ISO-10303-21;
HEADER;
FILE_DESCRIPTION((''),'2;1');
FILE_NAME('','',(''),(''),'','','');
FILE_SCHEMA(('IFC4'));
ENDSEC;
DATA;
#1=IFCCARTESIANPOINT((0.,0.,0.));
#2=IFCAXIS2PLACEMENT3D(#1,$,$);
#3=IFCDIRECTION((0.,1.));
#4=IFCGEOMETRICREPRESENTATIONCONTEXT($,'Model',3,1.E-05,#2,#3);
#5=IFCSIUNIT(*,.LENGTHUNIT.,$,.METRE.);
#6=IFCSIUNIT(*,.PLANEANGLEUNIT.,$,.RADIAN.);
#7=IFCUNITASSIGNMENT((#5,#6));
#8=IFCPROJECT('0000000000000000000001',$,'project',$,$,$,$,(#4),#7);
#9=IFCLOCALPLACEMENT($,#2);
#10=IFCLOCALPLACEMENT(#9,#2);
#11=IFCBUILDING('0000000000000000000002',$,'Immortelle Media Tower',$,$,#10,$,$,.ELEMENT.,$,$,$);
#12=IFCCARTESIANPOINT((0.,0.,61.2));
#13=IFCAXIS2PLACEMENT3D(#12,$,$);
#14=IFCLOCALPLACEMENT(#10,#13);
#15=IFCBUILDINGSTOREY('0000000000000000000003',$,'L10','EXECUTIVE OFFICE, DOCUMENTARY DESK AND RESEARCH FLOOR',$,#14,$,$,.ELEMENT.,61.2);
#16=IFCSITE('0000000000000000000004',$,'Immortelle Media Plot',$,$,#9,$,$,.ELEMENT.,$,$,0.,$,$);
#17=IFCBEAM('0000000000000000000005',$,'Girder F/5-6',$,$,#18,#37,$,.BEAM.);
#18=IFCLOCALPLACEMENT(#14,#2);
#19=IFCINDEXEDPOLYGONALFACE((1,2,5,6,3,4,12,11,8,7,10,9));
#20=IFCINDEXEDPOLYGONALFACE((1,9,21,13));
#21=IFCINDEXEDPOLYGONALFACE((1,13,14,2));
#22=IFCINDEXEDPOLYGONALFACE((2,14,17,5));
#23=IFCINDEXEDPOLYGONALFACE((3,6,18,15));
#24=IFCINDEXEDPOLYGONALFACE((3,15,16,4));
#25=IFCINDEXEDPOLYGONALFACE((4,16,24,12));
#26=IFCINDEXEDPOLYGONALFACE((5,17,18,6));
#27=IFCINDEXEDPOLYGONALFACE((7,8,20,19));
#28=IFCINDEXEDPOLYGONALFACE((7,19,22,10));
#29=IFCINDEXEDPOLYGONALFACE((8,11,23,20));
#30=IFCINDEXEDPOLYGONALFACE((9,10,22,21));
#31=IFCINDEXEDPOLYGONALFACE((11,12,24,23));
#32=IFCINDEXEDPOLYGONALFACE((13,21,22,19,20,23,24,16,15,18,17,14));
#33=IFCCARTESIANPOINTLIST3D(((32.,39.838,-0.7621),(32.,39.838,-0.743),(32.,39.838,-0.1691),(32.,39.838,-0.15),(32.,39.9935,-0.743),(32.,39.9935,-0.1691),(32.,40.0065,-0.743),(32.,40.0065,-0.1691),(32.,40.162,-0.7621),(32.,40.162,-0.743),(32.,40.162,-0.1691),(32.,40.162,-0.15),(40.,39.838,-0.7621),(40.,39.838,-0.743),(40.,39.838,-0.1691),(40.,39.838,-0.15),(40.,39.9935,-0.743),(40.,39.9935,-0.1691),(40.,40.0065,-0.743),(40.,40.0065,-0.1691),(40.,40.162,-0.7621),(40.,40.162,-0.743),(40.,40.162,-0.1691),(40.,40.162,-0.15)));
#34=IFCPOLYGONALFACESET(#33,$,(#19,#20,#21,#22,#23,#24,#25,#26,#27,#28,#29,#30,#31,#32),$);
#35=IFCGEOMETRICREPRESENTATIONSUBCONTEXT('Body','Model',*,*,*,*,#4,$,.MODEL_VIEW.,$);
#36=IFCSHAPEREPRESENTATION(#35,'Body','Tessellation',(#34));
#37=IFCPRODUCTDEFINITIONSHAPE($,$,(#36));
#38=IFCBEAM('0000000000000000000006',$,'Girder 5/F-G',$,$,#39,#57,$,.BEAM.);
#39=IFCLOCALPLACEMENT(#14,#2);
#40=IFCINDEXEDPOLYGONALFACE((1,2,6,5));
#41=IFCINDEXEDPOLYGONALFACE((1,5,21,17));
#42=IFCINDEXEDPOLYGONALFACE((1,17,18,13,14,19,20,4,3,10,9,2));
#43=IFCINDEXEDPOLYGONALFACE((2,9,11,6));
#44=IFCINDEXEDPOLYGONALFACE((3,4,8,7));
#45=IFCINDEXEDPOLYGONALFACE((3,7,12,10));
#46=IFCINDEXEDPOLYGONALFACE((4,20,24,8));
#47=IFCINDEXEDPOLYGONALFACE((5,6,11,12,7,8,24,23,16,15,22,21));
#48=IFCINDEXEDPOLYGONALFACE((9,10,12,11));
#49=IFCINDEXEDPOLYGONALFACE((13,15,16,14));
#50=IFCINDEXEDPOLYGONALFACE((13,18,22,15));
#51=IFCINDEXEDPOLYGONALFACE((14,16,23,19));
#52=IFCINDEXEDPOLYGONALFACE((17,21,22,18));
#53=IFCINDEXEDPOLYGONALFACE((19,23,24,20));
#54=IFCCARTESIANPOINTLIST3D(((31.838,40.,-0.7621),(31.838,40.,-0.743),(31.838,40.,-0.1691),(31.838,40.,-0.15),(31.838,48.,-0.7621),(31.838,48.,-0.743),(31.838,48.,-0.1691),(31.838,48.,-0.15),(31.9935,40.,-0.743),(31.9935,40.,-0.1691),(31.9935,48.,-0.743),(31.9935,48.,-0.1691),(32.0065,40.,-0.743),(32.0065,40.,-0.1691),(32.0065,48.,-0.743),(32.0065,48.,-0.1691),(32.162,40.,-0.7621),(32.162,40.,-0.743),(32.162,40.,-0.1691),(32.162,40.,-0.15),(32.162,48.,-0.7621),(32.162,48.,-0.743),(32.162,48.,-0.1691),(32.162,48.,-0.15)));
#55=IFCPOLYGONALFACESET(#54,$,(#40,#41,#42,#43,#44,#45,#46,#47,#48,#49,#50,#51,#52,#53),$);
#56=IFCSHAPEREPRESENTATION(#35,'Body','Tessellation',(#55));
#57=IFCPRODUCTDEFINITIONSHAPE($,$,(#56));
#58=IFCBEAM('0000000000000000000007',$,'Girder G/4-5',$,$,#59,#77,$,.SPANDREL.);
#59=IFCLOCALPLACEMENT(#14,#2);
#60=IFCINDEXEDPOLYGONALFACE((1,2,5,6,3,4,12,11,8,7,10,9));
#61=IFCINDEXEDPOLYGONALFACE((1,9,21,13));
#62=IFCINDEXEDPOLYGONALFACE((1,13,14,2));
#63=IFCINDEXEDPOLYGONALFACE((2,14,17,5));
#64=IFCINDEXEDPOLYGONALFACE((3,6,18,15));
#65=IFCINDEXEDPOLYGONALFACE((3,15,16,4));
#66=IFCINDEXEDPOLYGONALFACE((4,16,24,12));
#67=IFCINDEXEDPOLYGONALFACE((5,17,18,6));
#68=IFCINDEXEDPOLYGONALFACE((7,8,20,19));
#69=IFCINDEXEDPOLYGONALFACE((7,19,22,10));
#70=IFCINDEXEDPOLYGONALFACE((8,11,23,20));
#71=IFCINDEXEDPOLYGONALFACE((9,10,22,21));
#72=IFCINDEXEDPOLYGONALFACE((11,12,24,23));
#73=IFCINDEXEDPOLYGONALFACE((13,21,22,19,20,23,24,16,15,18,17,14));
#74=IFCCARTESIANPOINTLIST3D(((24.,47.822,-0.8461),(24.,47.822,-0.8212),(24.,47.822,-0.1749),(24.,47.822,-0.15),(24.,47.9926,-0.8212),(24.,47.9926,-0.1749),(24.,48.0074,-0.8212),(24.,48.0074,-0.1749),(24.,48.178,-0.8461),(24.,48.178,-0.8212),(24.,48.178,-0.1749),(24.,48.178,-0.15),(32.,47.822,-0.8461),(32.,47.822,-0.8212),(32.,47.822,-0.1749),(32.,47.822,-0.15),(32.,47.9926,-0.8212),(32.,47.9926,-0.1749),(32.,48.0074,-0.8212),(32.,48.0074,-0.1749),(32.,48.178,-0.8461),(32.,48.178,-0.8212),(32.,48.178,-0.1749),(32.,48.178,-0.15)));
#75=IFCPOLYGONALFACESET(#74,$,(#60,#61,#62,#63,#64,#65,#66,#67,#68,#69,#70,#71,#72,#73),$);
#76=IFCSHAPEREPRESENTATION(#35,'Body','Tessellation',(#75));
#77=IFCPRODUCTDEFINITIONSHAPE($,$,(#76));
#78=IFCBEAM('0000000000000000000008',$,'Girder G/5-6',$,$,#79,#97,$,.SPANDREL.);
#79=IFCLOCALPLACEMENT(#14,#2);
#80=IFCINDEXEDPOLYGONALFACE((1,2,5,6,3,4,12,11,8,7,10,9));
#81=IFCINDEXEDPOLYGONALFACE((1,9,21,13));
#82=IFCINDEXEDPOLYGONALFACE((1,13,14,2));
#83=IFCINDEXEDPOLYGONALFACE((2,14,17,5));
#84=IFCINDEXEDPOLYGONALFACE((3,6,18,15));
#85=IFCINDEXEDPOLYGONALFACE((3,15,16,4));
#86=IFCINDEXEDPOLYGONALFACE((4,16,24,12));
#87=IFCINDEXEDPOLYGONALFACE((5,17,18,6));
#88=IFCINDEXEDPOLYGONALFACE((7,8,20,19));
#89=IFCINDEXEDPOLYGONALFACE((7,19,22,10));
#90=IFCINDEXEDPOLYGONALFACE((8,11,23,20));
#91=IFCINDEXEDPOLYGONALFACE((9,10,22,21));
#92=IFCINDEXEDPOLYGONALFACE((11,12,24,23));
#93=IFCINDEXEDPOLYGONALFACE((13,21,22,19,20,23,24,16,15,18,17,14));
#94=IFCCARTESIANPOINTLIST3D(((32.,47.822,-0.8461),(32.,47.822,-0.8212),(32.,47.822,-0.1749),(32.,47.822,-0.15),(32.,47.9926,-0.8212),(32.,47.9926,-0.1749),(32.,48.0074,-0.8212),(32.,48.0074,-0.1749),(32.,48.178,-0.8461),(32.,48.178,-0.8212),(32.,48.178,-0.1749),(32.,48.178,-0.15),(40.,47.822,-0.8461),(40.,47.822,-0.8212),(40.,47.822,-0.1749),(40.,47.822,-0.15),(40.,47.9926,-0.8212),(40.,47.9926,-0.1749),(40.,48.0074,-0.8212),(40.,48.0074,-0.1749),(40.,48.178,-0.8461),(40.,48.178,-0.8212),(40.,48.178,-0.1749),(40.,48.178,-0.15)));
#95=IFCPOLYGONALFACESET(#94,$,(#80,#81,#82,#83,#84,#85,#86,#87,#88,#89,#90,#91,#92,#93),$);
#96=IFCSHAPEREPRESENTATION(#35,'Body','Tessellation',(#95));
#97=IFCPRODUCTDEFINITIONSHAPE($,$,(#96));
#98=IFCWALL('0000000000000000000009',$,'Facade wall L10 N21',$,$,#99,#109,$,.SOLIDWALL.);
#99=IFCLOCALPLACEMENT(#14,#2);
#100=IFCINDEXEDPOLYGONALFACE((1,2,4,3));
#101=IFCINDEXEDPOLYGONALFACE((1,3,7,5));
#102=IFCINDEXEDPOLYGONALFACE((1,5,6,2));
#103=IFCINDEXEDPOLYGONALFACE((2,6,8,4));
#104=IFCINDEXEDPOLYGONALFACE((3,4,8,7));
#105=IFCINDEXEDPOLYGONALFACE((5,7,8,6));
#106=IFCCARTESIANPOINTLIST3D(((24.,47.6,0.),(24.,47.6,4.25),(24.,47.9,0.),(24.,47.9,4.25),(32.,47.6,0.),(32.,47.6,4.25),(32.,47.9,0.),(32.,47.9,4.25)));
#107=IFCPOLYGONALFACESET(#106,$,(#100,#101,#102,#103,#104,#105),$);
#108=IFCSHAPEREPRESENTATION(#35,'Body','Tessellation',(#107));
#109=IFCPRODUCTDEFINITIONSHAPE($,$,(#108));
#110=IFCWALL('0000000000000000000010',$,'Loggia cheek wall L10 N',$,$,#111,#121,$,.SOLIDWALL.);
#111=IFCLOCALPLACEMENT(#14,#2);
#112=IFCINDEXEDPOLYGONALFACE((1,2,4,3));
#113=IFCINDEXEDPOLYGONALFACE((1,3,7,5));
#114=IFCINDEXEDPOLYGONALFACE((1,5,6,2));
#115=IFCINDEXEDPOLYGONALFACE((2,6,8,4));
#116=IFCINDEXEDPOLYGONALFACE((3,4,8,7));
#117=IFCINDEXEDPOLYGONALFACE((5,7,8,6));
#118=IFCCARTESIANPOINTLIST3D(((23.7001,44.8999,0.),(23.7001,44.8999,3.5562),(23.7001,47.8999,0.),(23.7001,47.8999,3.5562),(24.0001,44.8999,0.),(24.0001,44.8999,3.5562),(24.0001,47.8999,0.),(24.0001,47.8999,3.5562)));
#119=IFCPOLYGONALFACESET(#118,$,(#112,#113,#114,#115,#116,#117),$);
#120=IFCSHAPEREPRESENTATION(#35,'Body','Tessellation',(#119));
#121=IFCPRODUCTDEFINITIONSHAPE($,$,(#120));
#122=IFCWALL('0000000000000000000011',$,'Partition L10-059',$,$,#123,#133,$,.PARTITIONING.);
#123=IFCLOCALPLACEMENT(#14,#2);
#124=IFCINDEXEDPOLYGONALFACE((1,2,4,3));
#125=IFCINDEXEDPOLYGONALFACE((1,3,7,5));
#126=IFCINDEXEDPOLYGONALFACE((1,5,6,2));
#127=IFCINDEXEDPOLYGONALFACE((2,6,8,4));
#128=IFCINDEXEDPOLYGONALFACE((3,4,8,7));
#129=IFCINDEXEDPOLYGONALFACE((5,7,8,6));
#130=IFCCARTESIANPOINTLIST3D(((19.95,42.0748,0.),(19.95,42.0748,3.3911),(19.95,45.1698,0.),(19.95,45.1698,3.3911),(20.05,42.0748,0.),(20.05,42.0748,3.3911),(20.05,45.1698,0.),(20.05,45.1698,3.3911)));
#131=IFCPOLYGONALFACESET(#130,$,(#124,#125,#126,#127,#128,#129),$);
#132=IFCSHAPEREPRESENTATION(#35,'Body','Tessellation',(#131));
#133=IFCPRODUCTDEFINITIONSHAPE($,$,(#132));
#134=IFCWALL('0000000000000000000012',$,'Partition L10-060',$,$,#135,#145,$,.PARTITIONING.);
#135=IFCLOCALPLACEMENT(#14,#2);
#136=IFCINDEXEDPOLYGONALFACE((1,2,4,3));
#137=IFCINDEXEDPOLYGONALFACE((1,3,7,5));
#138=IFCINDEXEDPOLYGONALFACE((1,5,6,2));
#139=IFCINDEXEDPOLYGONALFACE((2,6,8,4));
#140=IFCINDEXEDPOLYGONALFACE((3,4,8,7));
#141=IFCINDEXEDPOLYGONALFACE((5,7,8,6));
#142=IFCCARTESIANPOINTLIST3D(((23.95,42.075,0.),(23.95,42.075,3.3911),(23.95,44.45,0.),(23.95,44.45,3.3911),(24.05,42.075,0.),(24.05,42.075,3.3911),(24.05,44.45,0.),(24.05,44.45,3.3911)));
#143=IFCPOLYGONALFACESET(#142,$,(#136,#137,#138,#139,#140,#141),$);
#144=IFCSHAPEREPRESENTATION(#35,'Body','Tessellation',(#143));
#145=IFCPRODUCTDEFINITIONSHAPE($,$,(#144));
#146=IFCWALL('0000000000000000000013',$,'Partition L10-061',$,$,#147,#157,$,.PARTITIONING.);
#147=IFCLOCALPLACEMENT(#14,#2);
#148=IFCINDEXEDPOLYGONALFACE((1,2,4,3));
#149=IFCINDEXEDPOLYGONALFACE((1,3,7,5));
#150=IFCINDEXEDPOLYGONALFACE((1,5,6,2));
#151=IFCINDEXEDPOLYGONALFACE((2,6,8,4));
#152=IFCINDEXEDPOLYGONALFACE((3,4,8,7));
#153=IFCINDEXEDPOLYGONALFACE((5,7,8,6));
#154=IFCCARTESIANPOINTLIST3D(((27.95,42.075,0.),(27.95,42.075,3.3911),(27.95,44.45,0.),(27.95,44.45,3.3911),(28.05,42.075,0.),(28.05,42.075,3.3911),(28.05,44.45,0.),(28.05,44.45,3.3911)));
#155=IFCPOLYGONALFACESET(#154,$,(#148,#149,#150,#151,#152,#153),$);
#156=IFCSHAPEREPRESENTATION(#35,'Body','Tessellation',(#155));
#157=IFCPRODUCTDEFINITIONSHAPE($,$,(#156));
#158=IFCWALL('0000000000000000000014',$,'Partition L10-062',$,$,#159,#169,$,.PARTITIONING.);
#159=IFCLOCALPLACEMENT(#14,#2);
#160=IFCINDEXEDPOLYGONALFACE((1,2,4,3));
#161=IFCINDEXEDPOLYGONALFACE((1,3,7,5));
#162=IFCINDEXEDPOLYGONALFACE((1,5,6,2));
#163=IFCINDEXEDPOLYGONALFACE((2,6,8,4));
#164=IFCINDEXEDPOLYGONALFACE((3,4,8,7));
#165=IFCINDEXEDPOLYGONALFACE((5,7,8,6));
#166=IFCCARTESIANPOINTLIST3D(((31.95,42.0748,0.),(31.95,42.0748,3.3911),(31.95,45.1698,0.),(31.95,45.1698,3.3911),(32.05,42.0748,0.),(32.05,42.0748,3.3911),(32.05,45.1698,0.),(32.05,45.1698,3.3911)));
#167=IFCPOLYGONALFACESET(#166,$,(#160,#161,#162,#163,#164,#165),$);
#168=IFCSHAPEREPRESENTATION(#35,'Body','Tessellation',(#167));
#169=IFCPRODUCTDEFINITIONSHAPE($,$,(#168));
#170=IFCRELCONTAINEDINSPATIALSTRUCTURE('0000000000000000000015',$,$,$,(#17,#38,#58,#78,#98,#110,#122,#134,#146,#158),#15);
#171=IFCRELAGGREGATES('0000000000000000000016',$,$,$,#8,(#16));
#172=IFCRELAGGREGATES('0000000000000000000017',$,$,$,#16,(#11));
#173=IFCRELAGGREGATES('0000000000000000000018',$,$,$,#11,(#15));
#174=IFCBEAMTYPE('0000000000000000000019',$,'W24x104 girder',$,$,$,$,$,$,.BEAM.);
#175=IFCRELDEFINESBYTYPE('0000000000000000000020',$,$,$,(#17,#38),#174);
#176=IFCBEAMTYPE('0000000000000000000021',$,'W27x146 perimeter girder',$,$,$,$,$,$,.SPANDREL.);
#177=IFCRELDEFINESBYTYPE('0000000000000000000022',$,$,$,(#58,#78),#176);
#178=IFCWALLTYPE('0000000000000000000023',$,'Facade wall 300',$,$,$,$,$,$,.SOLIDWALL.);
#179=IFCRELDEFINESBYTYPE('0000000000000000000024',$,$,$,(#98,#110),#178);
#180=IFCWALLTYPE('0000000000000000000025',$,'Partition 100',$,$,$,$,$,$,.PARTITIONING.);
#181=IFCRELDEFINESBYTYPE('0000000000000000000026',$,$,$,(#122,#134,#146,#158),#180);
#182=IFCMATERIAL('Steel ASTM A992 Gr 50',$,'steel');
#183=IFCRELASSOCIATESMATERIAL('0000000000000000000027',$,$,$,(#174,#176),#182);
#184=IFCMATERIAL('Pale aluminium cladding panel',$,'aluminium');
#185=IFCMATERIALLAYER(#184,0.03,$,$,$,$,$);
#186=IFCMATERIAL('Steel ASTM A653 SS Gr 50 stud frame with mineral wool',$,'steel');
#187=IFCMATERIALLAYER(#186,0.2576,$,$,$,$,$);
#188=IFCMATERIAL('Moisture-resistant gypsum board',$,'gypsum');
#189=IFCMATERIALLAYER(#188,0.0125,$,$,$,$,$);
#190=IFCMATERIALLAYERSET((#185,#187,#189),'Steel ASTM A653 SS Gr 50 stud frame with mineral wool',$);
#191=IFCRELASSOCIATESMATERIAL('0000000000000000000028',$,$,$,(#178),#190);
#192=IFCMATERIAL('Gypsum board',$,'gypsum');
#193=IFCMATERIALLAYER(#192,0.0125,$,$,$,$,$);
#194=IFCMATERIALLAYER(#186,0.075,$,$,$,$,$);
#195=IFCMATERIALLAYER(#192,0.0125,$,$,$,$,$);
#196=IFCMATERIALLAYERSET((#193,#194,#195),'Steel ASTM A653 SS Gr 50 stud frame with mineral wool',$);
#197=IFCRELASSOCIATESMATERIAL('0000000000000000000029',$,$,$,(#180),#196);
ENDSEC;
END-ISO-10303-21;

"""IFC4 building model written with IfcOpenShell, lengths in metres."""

from ifc_helpers import new_model, si_unit, direction, frame, frame_2d, origin, origin_2d, place, context, subcontext, project, spatial, rectangle, i_section, extrude, material, layer, layer_set, material_profile, profile_set, type_object, element, save


model = new_model("IFC4")

# Units and contexts
model_context = context("Model", 3, precision=1e-05, world=origin(), true_north=direction((0.0, 1.0)))
body_context = subcontext(model_context, "Body", "Model", "MODEL_VIEW")
ifc_project = project(units=[si_unit("LENGTHUNIT", "METRE"), si_unit("PLANEANGLEUNIT", "RADIAN")], contexts=[model_context])

# Site, building, storey
site_placement = place(None, origin())
site = spatial("IfcSite", under=ifc_project, at=site_placement, Name="Immortelle Media Plot", CompositionType="ELEMENT", RefElevation=0.0)
building_placement = place(site_placement, origin())
building = spatial("IfcBuilding", under=site, at=building_placement, Name="Immortelle Media Tower", CompositionType="ELEMENT")
storey_placement = place(building_placement, frame((0.0, 0.0, 61.2)))
storey = spatial("IfcBuildingStorey", under=building, at=storey_placement, Name="L10", Description="EXECUTIVE OFFICE, DOCUMENTARY DESK AND RESEARCH FLOOR", CompositionType="ELEMENT", Elevation=61.2)

# Shared definitions
ifc_material_1 = material(Name="Steel ASTM A992 Gr 50", Category="steel")

# Beams
ifc_material_profile_1 = material_profile(ifc_material_1, i_section(OverallWidth=0.324, OverallDepth=0.6121, WebThickness=0.0129, FlangeThickness=0.019, at=origin_2d()), Name="W24x104")
ifc_profile_set_1 = profile_set([ifc_material_profile_1], Name="Steel ASTM A992 Gr 50")
beam_type_1 = type_object("IfcBeamType", Name="W24x104 girder", PredefinedType="BEAM", material=ifc_profile_set_1)
for number, where, z_axis, x_axis, name in (
    (1, (32.0, 40.0, -0.4561), (1.0, 0.0, 0.0), (0.0, 1.0, 0.0), "Girder F/5-6"),
    (2, (32.0, 40.0, -0.4561), (0.0, 1.0, 0.0), (-1.0, 0.0, 0.0), "Girder 5/F-G"),
):
    element("IfcBeam", number, at=place(storey_placement, frame(where, z_axis=z_axis, x_axis=x_axis)), inside=storey, type_object=beam_type_1, Name=name, PredefinedType="BEAM", context=body_context, shape_type="SweptSolid", body=[
        extrude(i_section(OverallWidth=0.324, OverallDepth=0.6121, WebThickness=0.0129, FlangeThickness=0.019, at=origin_2d()), origin(), (0.0, 0.0, 1.0), 8.0),
    ])
ifc_material_profile_2 = material_profile(ifc_material_1, i_section(OverallWidth=0.356, OverallDepth=0.696, WebThickness=0.0149, FlangeThickness=0.0249, at=origin_2d()), Name="W27x146")
ifc_profile_set_2 = profile_set([ifc_material_profile_2], Name="Steel ASTM A992 Gr 50")
beam_type_2 = type_object("IfcBeamType", Name="W27x146 perimeter girder", PredefinedType="SPANDREL", material=ifc_profile_set_2)
for number, where, z_axis, x_axis, name in (
    (3, (24.0, 48.0, -0.498), (1.0, 0.0, 0.0), (0.0, 1.0, 0.0), "Girder G/4-5"),
    (4, (32.0, 48.0, -0.498), (1.0, 0.0, 0.0), (0.0, 1.0, 0.0), "Girder G/5-6"),
):
    element("IfcBeam", number, at=place(storey_placement, frame(where, z_axis=z_axis, x_axis=x_axis)), inside=storey, type_object=beam_type_2, Name=name, PredefinedType="SPANDREL", context=body_context, shape_type="SweptSolid", body=[
        extrude(i_section(OverallWidth=0.356, OverallDepth=0.696, WebThickness=0.0149, FlangeThickness=0.0249, at=origin_2d()), origin(), (0.0, 0.0, 1.0), 8.0),
    ])

# Wall
ifc_material_2 = material(Name="Pale aluminium cladding panel", Category="aluminium")
ifc_layer_1 = layer(ifc_material_2, 0.03)
ifc_material_3 = material(Name="Steel ASTM A653 SS Gr 50 stud frame with mineral wool", Category="steel")
ifc_layer_2 = layer(ifc_material_3, 0.2576)
ifc_material_4 = material(Name="Moisture-resistant gypsum board", Category="gypsum")
ifc_layer_3 = layer(ifc_material_4, 0.0125)
ifc_layer_set_1 = layer_set([ifc_layer_1, ifc_layer_2, ifc_layer_3], Name="Steel ASTM A653 SS Gr 50 stud frame with mineral wool")
wall_type_1 = type_object("IfcWallType", Name="Facade wall 300", PredefinedType="SOLIDWALL", material=ifc_layer_set_1)
wall_1_placement = place(storey_placement, frame((32.0, 47.75, 0.0), z_axis=(0.0, 0.0, 1.0), x_axis=(-1.0, 0.0, 0.0)))
element("IfcWall", 5, at=wall_1_placement, inside=storey, type_object=wall_type_1, Name="Facade wall L10 N21", PredefinedType="SOLIDWALL", context=body_context, shape_type="SweptSolid", body=[
    extrude(rectangle(XDim=8.0, YDim=0.3, at=frame_2d((4.0, 0.0))), origin(), (0.0, 0.0, 1.0), 4.25),
])

# Walls
wall_2_placement = place(storey_placement, frame((23.8501, 47.8999, 0.0), z_axis=(0.0, 0.0, 1.0), x_axis=(0.0, -1.0, 0.0)))
element("IfcWall", 6, at=wall_2_placement, inside=storey, type_object=wall_type_1, Name="Loggia cheek wall L10 N", PredefinedType="SOLIDWALL", context=body_context, shape_type="SweptSolid", body=[
    extrude(rectangle(XDim=3.0, YDim=0.3, at=frame_2d((1.5, 0.0))), origin(), (0.0, 0.0, 1.0), 3.5562),
])
ifc_material_5 = material(Name="Gypsum board", Category="gypsum")
ifc_layer_4 = layer(ifc_material_5, 0.0125)
ifc_layer_5 = layer(ifc_material_3, 0.075)
ifc_layer_6 = layer(ifc_material_5, 0.0125)
ifc_layer_set_2 = layer_set([ifc_layer_4, ifc_layer_5, ifc_layer_6], Name="Steel ASTM A653 SS Gr 50 stud frame with mineral wool")
wall_type_2 = type_object("IfcWallType", Name="Partition 100", PredefinedType="PARTITIONING", material=ifc_layer_set_2)
wall_3_placement = place(storey_placement, frame((20.0, 42.075, 0.0), z_axis=(0.0, 0.0, 1.0), x_axis=(0.0, 1.0, 0.0)))
element("IfcWall", 7, at=wall_3_placement, inside=storey, type_object=wall_type_2, Name="Partition L10-059", PredefinedType="PARTITIONING", context=body_context, shape_type="SweptSolid", body=[
    extrude(rectangle(XDim=3.095, YDim=0.1001, at=frame_2d((1.5474, 0.0))), origin(), (0.0, 0.0, 1.0), 3.3911),
])
for number, where, z_axis, x_axis, name in (
    (8, (24.0, 42.075, 0.0), (0.0, 0.0, 1.0), (0.0, 1.0, 0.0), "Partition L10-060"),
    (9, (28.0, 42.075, 0.0), (0.0, 0.0, 1.0), (0.0, 1.0, 0.0), "Partition L10-061"),
):
    element("IfcWall", number, at=place(storey_placement, frame(where, z_axis=z_axis, x_axis=x_axis)), inside=storey, type_object=wall_type_2, Name=name, PredefinedType="PARTITIONING", context=body_context, shape_type="SweptSolid", body=[
        extrude(rectangle(XDim=2.375, YDim=0.1001, at=frame_2d((1.1875, 0.0))), origin(), (0.0, 0.0, 1.0), 3.3911),
    ])
wall_4_placement = place(storey_placement, frame((32.0, 42.075, 0.0), z_axis=(0.0, 0.0, 1.0), x_axis=(0.0, 1.0, 0.0)))
element("IfcWall", 10, at=wall_4_placement, inside=storey, type_object=wall_type_2, Name="Partition L10-062", PredefinedType="PARTITIONING", context=body_context, shape_type="SweptSolid", body=[
    extrude(rectangle(XDim=3.095, YDim=0.1001, at=frame_2d((1.5474, 0.0))), origin(), (0.0, 0.0, 1.0), 3.3911),
])

save(model, "model.ifc")
